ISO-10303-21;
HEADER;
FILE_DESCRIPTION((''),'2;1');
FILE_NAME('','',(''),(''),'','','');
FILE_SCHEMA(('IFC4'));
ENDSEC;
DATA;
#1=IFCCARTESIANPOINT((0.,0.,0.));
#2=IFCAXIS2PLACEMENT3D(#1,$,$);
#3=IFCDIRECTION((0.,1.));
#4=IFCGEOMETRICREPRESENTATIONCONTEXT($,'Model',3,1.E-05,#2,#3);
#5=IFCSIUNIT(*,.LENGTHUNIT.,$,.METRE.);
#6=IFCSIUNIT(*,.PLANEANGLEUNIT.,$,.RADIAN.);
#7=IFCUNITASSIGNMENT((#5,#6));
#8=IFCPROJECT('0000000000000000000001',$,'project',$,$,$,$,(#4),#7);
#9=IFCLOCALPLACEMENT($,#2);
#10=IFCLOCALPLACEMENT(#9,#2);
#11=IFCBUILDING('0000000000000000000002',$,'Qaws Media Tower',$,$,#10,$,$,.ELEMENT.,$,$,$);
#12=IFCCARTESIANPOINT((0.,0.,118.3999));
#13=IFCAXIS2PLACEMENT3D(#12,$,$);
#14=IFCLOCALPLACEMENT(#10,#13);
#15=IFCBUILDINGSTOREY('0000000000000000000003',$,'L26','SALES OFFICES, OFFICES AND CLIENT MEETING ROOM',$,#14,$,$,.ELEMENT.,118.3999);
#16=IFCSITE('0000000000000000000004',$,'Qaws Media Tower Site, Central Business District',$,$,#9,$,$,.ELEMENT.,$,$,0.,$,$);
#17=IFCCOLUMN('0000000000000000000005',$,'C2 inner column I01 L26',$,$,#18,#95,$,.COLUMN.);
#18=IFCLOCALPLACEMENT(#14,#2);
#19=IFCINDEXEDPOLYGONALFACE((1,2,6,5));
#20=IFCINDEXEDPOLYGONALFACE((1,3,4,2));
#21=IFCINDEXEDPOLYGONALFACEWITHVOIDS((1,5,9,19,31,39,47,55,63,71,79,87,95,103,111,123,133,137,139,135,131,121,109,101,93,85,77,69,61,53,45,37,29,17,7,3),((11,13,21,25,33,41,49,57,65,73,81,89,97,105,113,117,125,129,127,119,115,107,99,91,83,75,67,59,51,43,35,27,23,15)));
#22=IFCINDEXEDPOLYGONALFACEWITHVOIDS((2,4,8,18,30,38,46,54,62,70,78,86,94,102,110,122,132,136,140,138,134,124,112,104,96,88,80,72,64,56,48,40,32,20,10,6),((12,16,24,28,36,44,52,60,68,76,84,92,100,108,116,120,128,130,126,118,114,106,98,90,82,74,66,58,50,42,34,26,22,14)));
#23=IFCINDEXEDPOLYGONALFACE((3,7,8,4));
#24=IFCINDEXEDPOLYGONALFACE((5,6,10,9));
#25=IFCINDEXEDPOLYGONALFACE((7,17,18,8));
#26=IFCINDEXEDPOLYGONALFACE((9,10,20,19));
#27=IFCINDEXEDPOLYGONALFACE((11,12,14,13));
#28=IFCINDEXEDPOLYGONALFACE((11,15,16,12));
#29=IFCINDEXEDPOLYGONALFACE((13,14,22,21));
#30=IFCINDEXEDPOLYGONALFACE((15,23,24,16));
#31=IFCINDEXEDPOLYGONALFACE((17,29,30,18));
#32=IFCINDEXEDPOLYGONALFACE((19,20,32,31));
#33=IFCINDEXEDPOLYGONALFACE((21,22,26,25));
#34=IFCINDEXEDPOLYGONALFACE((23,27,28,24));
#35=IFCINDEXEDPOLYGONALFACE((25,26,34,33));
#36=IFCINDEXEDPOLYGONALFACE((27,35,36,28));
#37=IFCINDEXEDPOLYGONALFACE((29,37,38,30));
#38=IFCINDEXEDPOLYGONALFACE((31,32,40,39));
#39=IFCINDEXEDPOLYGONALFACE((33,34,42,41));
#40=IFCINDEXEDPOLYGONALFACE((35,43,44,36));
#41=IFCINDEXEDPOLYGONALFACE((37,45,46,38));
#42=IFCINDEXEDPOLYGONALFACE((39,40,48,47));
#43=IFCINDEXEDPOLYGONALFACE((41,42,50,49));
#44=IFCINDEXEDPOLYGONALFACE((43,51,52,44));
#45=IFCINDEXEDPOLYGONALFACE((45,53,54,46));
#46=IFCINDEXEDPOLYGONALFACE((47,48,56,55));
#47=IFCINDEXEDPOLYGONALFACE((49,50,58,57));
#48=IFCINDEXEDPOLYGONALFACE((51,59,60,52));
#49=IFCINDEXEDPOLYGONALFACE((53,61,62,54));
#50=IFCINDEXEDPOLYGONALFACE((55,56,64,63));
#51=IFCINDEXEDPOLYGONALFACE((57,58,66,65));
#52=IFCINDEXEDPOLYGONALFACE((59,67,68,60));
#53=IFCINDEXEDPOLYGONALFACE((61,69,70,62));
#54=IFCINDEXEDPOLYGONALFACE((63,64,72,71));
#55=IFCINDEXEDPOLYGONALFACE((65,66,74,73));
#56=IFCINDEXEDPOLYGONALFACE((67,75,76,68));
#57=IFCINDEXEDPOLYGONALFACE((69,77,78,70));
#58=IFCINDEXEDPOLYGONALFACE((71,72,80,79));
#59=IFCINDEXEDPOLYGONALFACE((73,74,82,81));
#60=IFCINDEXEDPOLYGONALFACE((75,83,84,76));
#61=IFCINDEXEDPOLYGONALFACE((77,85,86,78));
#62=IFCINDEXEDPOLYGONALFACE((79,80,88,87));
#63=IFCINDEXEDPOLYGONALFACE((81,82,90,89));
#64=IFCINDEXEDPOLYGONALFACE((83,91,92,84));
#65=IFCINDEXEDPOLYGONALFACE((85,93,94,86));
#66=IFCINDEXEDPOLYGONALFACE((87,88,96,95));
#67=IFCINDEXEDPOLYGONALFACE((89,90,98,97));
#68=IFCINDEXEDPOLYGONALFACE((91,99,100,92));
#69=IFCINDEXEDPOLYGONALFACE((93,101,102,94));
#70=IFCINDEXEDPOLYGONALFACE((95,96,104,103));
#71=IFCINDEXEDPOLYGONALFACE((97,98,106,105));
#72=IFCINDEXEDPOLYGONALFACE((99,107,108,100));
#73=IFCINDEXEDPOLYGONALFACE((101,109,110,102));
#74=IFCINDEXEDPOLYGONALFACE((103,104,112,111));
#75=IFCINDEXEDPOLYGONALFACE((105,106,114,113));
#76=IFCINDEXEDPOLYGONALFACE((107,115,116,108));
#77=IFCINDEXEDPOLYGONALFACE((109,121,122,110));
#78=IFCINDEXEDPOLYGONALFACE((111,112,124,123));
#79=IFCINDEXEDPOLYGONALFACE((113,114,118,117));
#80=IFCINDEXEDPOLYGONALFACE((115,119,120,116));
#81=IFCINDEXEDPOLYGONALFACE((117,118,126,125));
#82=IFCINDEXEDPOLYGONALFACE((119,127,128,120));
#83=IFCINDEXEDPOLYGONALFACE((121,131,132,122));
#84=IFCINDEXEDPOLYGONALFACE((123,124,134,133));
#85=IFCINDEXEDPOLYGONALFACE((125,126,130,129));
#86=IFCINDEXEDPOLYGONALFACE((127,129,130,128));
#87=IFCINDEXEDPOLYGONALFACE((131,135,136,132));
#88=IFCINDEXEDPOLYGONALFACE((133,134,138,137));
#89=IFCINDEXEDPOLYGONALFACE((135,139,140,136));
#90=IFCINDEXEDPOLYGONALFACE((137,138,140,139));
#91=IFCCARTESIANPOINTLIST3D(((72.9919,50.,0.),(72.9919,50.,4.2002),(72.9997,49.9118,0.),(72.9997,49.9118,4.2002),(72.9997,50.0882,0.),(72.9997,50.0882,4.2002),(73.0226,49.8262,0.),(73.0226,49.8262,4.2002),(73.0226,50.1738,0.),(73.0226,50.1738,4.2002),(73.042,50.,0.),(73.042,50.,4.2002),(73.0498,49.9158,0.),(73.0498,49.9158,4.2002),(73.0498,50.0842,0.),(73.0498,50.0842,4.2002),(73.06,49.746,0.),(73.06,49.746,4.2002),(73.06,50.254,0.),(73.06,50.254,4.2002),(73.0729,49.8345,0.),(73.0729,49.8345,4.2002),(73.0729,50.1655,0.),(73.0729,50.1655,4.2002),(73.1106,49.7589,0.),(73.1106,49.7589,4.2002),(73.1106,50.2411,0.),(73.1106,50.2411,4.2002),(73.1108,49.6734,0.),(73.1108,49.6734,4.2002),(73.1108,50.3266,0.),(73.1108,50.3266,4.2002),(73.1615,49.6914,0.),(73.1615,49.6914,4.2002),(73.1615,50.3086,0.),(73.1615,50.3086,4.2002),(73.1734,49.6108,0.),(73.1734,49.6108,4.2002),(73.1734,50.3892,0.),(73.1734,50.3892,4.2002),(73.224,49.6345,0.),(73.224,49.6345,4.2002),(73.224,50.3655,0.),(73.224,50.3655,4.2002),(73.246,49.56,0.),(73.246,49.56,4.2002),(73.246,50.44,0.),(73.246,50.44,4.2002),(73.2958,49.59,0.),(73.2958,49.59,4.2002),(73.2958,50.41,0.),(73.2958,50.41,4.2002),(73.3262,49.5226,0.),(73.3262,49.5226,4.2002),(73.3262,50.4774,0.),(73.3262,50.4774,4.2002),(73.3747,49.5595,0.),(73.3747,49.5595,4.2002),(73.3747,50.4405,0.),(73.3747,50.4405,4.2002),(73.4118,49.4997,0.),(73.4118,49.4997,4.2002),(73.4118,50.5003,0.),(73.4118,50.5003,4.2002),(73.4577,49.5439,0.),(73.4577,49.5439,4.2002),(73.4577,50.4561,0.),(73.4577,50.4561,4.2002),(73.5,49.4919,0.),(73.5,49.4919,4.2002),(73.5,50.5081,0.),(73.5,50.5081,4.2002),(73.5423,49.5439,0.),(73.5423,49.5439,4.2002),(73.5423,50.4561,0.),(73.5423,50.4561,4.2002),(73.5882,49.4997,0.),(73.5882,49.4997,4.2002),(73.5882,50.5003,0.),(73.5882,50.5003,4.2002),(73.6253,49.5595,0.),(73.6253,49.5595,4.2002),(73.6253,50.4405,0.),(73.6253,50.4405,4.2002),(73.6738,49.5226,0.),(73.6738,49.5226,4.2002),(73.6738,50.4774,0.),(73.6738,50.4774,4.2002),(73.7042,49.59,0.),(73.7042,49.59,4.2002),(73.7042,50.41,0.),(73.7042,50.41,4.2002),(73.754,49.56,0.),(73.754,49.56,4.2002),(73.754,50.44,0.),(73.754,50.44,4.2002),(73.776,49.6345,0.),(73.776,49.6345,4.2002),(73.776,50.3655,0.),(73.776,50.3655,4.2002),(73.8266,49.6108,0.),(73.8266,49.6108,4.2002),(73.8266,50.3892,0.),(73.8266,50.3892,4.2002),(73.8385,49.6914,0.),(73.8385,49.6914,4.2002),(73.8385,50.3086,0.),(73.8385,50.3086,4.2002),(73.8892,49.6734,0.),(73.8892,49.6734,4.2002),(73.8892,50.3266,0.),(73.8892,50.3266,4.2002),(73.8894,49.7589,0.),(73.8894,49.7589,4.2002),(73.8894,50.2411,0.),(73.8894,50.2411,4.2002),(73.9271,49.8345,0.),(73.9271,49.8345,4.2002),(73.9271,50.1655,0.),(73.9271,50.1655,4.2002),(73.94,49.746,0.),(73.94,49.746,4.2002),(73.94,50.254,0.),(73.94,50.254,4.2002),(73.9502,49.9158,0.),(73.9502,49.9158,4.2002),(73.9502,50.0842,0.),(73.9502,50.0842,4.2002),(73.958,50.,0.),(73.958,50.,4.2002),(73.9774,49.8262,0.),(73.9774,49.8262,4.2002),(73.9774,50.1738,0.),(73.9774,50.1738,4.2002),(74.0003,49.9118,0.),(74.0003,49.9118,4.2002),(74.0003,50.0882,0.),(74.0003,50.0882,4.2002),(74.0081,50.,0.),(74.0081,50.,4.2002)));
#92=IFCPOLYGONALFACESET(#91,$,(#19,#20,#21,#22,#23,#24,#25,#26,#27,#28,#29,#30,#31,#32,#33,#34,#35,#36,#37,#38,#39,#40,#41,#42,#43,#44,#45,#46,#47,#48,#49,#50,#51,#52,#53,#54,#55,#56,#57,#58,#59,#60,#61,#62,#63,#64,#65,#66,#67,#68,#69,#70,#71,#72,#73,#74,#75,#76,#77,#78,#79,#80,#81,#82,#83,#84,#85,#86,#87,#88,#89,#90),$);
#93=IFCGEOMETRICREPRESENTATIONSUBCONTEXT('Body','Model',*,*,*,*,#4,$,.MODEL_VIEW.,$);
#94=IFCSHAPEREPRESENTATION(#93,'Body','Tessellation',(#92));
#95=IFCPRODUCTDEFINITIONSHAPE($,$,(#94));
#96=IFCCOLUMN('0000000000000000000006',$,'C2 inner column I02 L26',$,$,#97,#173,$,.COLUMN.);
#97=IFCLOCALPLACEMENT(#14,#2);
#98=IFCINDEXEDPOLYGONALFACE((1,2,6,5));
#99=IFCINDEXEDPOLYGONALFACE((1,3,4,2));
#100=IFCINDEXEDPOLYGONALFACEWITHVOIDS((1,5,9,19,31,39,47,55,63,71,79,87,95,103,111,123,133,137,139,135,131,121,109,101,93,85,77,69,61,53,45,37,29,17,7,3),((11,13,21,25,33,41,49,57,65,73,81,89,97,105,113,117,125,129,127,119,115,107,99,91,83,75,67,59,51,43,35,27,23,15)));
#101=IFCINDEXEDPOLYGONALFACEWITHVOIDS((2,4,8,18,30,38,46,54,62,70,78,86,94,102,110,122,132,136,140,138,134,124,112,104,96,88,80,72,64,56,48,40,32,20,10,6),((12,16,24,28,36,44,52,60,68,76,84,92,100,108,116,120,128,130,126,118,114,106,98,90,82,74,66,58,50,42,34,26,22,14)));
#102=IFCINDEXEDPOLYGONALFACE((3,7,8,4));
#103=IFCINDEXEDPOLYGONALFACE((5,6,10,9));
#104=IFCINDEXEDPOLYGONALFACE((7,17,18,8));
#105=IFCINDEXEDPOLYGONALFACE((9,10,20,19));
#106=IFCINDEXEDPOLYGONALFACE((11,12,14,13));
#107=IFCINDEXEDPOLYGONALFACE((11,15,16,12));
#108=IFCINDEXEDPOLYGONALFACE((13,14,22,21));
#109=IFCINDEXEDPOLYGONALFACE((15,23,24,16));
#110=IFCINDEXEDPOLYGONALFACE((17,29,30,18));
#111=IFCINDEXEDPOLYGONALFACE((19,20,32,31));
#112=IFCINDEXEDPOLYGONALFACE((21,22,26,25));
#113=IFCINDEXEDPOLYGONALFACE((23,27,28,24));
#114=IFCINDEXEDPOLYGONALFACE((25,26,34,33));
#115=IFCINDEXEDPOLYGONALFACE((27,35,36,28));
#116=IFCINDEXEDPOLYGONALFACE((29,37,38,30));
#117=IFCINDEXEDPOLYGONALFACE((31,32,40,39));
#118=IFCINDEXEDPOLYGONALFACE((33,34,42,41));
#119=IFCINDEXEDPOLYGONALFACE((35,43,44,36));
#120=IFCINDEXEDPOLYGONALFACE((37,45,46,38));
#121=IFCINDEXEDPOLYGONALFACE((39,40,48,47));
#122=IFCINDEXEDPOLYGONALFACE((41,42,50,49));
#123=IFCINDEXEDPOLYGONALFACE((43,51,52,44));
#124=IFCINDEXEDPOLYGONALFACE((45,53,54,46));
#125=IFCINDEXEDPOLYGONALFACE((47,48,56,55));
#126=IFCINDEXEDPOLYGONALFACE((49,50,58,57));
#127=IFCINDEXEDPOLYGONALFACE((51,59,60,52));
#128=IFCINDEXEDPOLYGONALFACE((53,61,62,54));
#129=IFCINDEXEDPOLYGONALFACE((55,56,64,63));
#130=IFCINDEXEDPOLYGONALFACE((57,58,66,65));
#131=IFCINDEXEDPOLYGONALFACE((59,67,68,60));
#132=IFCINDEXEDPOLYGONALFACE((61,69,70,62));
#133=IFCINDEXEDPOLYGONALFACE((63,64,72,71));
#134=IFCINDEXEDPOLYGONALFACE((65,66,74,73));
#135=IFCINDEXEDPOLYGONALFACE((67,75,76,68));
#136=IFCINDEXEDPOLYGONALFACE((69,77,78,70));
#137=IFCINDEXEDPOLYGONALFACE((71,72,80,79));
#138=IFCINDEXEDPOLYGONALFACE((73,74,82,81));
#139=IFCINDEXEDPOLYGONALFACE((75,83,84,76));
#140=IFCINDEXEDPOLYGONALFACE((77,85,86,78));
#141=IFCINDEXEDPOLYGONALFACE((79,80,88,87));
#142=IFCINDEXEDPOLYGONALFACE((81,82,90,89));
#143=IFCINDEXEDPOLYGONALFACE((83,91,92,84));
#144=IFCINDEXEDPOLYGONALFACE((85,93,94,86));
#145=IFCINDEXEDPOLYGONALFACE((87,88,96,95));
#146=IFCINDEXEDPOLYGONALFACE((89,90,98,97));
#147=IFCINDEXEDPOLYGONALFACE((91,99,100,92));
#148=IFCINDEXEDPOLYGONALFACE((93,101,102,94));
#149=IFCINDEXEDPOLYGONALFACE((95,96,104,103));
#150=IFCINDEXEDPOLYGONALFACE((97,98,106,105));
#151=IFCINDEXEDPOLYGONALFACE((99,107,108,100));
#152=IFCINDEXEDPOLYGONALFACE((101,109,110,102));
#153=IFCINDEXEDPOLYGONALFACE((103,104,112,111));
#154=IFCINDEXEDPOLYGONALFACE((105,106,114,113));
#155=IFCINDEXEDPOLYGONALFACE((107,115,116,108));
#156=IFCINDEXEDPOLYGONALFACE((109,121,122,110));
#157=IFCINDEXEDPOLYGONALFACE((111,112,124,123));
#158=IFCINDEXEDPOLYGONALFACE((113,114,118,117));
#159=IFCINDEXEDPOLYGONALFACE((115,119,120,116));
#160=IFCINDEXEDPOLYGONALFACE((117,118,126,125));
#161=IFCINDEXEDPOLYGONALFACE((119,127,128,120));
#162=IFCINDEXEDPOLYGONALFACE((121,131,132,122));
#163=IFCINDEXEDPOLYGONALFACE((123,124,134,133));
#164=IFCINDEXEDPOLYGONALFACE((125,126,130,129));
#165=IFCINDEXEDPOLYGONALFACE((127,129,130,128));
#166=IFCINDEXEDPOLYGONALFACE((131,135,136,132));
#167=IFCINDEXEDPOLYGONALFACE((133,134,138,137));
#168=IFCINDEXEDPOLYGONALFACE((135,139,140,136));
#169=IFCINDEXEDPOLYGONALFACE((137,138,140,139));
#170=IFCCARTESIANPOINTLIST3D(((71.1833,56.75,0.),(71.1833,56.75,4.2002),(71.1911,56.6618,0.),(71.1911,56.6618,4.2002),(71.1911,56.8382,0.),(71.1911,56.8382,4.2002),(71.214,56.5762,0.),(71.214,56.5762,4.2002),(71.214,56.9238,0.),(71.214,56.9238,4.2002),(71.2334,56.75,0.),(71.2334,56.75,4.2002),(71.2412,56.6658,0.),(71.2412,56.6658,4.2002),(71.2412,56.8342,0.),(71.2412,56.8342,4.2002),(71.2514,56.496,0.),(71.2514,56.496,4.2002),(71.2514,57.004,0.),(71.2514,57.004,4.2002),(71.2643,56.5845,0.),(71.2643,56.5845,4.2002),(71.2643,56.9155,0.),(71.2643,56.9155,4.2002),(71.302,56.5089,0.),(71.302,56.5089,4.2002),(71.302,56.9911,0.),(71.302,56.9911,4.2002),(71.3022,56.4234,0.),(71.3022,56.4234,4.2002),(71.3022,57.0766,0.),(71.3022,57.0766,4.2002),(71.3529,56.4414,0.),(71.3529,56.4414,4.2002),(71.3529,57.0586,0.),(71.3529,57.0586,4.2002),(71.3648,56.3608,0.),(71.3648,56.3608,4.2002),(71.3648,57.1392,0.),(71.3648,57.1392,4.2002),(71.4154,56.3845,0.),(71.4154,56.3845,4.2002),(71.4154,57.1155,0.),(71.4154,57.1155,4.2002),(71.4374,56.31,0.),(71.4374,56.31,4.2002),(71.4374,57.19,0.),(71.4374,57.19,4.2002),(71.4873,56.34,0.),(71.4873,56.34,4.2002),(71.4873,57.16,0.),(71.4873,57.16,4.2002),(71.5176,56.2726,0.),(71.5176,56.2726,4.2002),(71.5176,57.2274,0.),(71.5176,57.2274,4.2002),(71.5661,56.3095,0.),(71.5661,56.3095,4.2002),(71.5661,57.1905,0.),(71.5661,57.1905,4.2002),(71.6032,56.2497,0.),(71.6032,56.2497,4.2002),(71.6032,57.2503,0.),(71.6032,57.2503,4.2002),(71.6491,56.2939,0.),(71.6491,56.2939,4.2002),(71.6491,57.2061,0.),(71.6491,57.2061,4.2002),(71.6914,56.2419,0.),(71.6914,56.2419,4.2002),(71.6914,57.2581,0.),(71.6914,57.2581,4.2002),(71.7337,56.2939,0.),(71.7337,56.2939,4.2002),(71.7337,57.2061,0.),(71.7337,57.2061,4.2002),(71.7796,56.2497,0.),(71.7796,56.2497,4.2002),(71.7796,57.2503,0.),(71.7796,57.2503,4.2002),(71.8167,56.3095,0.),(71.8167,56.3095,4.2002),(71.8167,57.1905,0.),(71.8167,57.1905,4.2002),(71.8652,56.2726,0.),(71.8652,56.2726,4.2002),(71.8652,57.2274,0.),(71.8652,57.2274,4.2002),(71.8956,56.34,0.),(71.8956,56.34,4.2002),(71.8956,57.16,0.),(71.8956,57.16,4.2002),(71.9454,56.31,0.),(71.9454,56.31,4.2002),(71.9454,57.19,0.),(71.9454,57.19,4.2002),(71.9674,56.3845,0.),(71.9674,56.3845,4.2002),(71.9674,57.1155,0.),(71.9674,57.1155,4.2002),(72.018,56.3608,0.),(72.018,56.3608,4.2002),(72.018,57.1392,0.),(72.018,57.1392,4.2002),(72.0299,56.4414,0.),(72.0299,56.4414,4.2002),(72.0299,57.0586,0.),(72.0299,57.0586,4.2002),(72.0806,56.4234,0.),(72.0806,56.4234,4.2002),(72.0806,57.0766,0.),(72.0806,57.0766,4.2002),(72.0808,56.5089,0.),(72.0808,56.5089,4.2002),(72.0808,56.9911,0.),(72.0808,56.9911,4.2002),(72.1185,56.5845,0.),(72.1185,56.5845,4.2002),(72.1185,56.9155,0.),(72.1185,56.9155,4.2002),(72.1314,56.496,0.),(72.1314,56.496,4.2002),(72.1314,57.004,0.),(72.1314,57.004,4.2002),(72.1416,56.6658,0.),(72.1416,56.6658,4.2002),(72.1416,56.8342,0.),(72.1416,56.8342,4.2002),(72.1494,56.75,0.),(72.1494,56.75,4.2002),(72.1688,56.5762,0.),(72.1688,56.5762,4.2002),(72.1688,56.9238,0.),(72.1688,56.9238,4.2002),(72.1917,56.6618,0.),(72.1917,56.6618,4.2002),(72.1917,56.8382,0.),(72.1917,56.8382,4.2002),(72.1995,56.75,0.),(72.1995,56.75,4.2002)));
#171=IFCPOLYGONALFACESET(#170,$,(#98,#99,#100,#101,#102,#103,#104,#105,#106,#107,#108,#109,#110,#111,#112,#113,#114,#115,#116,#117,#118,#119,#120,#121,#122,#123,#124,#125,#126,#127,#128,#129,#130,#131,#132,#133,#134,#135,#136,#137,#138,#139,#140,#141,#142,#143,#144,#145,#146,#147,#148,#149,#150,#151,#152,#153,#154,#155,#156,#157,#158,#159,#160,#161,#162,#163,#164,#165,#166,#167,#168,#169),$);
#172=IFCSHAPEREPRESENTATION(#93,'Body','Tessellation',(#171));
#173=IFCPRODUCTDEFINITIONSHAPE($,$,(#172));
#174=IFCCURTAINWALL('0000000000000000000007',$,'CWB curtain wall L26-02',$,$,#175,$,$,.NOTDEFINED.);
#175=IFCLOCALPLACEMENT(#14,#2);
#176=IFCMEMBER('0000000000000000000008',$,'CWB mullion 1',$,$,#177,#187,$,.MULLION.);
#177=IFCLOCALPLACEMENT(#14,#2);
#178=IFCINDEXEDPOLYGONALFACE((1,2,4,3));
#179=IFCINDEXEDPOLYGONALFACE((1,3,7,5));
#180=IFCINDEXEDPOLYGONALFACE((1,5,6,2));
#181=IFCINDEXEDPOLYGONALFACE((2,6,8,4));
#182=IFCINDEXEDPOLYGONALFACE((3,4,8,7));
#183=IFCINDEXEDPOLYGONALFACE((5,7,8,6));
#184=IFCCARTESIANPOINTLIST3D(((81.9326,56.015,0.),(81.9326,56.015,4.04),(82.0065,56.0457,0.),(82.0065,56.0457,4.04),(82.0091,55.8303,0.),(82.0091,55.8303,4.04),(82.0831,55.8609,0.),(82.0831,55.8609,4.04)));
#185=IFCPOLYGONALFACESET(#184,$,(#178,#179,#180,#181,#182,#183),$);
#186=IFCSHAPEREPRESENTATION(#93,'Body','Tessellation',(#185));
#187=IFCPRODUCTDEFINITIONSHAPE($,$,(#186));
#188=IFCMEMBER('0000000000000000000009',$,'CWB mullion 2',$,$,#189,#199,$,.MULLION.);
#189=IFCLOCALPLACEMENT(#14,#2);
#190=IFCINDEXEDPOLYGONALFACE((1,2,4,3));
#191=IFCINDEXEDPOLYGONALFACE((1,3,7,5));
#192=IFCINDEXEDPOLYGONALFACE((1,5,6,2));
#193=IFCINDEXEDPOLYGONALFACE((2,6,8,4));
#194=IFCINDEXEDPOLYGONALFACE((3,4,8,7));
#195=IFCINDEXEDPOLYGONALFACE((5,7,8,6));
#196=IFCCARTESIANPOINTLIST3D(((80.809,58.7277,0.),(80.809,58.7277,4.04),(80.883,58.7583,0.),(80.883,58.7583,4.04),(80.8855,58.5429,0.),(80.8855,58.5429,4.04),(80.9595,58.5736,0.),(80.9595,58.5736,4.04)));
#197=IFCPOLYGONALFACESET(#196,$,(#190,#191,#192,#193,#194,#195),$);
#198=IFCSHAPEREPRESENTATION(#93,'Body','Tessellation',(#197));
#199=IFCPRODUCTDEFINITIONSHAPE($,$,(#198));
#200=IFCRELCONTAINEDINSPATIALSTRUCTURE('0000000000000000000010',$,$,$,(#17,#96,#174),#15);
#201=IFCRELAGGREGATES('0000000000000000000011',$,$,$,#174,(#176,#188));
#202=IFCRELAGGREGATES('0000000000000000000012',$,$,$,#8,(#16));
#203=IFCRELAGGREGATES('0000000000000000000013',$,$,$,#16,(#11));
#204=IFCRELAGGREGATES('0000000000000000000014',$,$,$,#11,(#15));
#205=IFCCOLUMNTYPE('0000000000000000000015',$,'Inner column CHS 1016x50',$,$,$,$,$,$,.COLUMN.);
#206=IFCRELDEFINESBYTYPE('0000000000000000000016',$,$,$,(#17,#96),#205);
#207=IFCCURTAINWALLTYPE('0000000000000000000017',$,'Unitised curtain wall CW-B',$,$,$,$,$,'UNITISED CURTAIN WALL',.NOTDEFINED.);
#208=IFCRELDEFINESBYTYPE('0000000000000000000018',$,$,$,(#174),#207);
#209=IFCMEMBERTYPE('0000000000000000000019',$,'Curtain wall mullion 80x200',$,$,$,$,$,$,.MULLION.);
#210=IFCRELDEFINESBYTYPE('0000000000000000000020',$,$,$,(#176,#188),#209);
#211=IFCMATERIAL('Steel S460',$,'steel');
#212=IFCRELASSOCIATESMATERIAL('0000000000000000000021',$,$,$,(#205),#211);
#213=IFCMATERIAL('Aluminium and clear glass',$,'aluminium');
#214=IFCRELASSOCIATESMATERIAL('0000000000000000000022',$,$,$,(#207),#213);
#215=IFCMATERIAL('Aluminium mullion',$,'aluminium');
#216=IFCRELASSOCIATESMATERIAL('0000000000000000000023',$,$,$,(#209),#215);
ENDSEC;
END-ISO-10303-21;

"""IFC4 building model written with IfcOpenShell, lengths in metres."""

from ifc_helpers import new_model, si_unit, direction, frame, origin, origin_2d, place, context, subcontext, project, spatial, rectangle, hollow_circle, extrude, material, material_profile, profile_set, type_object, element, aggregate, save


model = new_model("IFC4")

# Units and contexts
model_context = context("Model", 3, precision=1e-05, world=origin(), true_north=direction((0.0, 1.0)))
body_context = subcontext(model_context, "Body", "Model", "MODEL_VIEW")
ifc_project = project(units=[si_unit("LENGTHUNIT", "METRE"), si_unit("PLANEANGLEUNIT", "RADIAN")], contexts=[model_context])

# Site, building, storey
site_placement = place(None, origin())
site = spatial("IfcSite", under=ifc_project, at=site_placement, Name="Qaws Media Tower Site, Central Business District", CompositionType="ELEMENT", RefElevation=0.0)
building_placement = place(site_placement, origin())
building = spatial("IfcBuilding", under=site, at=building_placement, Name="Qaws Media Tower", CompositionType="ELEMENT")
storey_placement = place(building_placement, frame((0.0, 0.0, 118.3999)))
storey = spatial("IfcBuildingStorey", under=building, at=storey_placement, Name="L26", Description="SALES OFFICES, OFFICES AND CLIENT MEETING ROOM", CompositionType="ELEMENT", Elevation=118.3999)

# Columns
ifc_material_1 = material(Name="Steel S460", Category="steel")
ifc_material_profile_1 = material_profile(ifc_material_1, hollow_circle(Radius=0.5081, WallThickness=0.05, at=origin_2d()), Name="CHS 1016x50")
ifc_profile_set_1 = profile_set([ifc_material_profile_1], Name="Steel S460")
column_type = type_object("IfcColumnType", Name="Inner column CHS 1016x50", PredefinedType="COLUMN", material=ifc_profile_set_1)
for number, where, z_axis, x_axis, name in (
    (1, (73.5, 50.0, 0.0), (0.0, 0.0, 1.0), (1.0, 0.0, 0.0), "C2 inner column I01 L26"),
    (2, (71.6914, 56.75, 0.0), (0.0, 0.0, 1.0), (1.0, 0.0, 0.0), "C2 inner column I02 L26"),
):
    element("IfcColumn", number, at=place(storey_placement, frame(where, z_axis=z_axis, x_axis=x_axis)), inside=storey, type_object=column_type, Name=name, PredefinedType="COLUMN", context=body_context, shape_type="SweptSolid", body=[
        extrude(hollow_circle(Radius=0.5081, WallThickness=0.05, at=origin_2d()), origin(), (0.0, 0.0, 1.0), 4.2002),
    ])

# Curtain wall, members
ifc_material_2 = material(Name="Aluminium and clear glass", Category="aluminium")
curtain_wall_type = type_object("IfcCurtainWallType", Name="Unitised curtain wall CW-B", ElementType="UNITISED CURTAIN WALL", PredefinedType="NOTDEFINED", material=ifc_material_2)
curtain_wall_1_placement = place(storey_placement, origin())
curtain_wall_1 = element("IfcCurtainWall", 3, at=curtain_wall_1_placement, inside=storey, type_object=curtain_wall_type, Name="CWB curtain wall L26-02", PredefinedType="NOTDEFINED")
ifc_material_3 = material(Name="Aluminium mullion", Category="aluminium")
ifc_material_profile_2 = material_profile(ifc_material_3, rectangle(XDim=0.0801, YDim=0.2, at=origin_2d()), Name="80x200")
ifc_profile_set_2 = profile_set([ifc_material_profile_2], Name="Aluminium mullion")
member_type_1 = type_object("IfcMemberType", Name="Curtain wall mullion 80x200", PredefinedType="MULLION", material=ifc_profile_set_2)
member_1_placement = place(storey_placement, frame((82.0078, 55.938, 0.0), z_axis=(0.0, 0.0, 1.0), x_axis=(-0.92388, -0.382683, 0.0)))
member_1 = element("IfcMember", 4, at=member_1_placement, type_object=member_type_1, Name="CWB mullion 1", PredefinedType="MULLION", context=body_context, shape_type="SweptSolid", body=[
    extrude(rectangle(XDim=0.0801, YDim=0.2, at=origin_2d()), origin(), (0.0, 0.0, 1.0), 4.04),
])
member_2_placement = place(storey_placement, frame((80.8843, 58.6506, 0.0), z_axis=(0.0, 0.0, 1.0), x_axis=(-0.92388, -0.382683, 0.0)))
member_2 = element("IfcMember", 5, at=member_2_placement, type_object=member_type_1, Name="CWB mullion 2", PredefinedType="MULLION", context=body_context, shape_type="SweptSolid", body=[
    extrude(rectangle(XDim=0.0801, YDim=0.2, at=origin_2d()), origin(), (0.0, 0.0, 1.0), 4.04),
])

aggregate(curtain_wall_1, [member_1, member_2])

save(model, "model.ifc")
